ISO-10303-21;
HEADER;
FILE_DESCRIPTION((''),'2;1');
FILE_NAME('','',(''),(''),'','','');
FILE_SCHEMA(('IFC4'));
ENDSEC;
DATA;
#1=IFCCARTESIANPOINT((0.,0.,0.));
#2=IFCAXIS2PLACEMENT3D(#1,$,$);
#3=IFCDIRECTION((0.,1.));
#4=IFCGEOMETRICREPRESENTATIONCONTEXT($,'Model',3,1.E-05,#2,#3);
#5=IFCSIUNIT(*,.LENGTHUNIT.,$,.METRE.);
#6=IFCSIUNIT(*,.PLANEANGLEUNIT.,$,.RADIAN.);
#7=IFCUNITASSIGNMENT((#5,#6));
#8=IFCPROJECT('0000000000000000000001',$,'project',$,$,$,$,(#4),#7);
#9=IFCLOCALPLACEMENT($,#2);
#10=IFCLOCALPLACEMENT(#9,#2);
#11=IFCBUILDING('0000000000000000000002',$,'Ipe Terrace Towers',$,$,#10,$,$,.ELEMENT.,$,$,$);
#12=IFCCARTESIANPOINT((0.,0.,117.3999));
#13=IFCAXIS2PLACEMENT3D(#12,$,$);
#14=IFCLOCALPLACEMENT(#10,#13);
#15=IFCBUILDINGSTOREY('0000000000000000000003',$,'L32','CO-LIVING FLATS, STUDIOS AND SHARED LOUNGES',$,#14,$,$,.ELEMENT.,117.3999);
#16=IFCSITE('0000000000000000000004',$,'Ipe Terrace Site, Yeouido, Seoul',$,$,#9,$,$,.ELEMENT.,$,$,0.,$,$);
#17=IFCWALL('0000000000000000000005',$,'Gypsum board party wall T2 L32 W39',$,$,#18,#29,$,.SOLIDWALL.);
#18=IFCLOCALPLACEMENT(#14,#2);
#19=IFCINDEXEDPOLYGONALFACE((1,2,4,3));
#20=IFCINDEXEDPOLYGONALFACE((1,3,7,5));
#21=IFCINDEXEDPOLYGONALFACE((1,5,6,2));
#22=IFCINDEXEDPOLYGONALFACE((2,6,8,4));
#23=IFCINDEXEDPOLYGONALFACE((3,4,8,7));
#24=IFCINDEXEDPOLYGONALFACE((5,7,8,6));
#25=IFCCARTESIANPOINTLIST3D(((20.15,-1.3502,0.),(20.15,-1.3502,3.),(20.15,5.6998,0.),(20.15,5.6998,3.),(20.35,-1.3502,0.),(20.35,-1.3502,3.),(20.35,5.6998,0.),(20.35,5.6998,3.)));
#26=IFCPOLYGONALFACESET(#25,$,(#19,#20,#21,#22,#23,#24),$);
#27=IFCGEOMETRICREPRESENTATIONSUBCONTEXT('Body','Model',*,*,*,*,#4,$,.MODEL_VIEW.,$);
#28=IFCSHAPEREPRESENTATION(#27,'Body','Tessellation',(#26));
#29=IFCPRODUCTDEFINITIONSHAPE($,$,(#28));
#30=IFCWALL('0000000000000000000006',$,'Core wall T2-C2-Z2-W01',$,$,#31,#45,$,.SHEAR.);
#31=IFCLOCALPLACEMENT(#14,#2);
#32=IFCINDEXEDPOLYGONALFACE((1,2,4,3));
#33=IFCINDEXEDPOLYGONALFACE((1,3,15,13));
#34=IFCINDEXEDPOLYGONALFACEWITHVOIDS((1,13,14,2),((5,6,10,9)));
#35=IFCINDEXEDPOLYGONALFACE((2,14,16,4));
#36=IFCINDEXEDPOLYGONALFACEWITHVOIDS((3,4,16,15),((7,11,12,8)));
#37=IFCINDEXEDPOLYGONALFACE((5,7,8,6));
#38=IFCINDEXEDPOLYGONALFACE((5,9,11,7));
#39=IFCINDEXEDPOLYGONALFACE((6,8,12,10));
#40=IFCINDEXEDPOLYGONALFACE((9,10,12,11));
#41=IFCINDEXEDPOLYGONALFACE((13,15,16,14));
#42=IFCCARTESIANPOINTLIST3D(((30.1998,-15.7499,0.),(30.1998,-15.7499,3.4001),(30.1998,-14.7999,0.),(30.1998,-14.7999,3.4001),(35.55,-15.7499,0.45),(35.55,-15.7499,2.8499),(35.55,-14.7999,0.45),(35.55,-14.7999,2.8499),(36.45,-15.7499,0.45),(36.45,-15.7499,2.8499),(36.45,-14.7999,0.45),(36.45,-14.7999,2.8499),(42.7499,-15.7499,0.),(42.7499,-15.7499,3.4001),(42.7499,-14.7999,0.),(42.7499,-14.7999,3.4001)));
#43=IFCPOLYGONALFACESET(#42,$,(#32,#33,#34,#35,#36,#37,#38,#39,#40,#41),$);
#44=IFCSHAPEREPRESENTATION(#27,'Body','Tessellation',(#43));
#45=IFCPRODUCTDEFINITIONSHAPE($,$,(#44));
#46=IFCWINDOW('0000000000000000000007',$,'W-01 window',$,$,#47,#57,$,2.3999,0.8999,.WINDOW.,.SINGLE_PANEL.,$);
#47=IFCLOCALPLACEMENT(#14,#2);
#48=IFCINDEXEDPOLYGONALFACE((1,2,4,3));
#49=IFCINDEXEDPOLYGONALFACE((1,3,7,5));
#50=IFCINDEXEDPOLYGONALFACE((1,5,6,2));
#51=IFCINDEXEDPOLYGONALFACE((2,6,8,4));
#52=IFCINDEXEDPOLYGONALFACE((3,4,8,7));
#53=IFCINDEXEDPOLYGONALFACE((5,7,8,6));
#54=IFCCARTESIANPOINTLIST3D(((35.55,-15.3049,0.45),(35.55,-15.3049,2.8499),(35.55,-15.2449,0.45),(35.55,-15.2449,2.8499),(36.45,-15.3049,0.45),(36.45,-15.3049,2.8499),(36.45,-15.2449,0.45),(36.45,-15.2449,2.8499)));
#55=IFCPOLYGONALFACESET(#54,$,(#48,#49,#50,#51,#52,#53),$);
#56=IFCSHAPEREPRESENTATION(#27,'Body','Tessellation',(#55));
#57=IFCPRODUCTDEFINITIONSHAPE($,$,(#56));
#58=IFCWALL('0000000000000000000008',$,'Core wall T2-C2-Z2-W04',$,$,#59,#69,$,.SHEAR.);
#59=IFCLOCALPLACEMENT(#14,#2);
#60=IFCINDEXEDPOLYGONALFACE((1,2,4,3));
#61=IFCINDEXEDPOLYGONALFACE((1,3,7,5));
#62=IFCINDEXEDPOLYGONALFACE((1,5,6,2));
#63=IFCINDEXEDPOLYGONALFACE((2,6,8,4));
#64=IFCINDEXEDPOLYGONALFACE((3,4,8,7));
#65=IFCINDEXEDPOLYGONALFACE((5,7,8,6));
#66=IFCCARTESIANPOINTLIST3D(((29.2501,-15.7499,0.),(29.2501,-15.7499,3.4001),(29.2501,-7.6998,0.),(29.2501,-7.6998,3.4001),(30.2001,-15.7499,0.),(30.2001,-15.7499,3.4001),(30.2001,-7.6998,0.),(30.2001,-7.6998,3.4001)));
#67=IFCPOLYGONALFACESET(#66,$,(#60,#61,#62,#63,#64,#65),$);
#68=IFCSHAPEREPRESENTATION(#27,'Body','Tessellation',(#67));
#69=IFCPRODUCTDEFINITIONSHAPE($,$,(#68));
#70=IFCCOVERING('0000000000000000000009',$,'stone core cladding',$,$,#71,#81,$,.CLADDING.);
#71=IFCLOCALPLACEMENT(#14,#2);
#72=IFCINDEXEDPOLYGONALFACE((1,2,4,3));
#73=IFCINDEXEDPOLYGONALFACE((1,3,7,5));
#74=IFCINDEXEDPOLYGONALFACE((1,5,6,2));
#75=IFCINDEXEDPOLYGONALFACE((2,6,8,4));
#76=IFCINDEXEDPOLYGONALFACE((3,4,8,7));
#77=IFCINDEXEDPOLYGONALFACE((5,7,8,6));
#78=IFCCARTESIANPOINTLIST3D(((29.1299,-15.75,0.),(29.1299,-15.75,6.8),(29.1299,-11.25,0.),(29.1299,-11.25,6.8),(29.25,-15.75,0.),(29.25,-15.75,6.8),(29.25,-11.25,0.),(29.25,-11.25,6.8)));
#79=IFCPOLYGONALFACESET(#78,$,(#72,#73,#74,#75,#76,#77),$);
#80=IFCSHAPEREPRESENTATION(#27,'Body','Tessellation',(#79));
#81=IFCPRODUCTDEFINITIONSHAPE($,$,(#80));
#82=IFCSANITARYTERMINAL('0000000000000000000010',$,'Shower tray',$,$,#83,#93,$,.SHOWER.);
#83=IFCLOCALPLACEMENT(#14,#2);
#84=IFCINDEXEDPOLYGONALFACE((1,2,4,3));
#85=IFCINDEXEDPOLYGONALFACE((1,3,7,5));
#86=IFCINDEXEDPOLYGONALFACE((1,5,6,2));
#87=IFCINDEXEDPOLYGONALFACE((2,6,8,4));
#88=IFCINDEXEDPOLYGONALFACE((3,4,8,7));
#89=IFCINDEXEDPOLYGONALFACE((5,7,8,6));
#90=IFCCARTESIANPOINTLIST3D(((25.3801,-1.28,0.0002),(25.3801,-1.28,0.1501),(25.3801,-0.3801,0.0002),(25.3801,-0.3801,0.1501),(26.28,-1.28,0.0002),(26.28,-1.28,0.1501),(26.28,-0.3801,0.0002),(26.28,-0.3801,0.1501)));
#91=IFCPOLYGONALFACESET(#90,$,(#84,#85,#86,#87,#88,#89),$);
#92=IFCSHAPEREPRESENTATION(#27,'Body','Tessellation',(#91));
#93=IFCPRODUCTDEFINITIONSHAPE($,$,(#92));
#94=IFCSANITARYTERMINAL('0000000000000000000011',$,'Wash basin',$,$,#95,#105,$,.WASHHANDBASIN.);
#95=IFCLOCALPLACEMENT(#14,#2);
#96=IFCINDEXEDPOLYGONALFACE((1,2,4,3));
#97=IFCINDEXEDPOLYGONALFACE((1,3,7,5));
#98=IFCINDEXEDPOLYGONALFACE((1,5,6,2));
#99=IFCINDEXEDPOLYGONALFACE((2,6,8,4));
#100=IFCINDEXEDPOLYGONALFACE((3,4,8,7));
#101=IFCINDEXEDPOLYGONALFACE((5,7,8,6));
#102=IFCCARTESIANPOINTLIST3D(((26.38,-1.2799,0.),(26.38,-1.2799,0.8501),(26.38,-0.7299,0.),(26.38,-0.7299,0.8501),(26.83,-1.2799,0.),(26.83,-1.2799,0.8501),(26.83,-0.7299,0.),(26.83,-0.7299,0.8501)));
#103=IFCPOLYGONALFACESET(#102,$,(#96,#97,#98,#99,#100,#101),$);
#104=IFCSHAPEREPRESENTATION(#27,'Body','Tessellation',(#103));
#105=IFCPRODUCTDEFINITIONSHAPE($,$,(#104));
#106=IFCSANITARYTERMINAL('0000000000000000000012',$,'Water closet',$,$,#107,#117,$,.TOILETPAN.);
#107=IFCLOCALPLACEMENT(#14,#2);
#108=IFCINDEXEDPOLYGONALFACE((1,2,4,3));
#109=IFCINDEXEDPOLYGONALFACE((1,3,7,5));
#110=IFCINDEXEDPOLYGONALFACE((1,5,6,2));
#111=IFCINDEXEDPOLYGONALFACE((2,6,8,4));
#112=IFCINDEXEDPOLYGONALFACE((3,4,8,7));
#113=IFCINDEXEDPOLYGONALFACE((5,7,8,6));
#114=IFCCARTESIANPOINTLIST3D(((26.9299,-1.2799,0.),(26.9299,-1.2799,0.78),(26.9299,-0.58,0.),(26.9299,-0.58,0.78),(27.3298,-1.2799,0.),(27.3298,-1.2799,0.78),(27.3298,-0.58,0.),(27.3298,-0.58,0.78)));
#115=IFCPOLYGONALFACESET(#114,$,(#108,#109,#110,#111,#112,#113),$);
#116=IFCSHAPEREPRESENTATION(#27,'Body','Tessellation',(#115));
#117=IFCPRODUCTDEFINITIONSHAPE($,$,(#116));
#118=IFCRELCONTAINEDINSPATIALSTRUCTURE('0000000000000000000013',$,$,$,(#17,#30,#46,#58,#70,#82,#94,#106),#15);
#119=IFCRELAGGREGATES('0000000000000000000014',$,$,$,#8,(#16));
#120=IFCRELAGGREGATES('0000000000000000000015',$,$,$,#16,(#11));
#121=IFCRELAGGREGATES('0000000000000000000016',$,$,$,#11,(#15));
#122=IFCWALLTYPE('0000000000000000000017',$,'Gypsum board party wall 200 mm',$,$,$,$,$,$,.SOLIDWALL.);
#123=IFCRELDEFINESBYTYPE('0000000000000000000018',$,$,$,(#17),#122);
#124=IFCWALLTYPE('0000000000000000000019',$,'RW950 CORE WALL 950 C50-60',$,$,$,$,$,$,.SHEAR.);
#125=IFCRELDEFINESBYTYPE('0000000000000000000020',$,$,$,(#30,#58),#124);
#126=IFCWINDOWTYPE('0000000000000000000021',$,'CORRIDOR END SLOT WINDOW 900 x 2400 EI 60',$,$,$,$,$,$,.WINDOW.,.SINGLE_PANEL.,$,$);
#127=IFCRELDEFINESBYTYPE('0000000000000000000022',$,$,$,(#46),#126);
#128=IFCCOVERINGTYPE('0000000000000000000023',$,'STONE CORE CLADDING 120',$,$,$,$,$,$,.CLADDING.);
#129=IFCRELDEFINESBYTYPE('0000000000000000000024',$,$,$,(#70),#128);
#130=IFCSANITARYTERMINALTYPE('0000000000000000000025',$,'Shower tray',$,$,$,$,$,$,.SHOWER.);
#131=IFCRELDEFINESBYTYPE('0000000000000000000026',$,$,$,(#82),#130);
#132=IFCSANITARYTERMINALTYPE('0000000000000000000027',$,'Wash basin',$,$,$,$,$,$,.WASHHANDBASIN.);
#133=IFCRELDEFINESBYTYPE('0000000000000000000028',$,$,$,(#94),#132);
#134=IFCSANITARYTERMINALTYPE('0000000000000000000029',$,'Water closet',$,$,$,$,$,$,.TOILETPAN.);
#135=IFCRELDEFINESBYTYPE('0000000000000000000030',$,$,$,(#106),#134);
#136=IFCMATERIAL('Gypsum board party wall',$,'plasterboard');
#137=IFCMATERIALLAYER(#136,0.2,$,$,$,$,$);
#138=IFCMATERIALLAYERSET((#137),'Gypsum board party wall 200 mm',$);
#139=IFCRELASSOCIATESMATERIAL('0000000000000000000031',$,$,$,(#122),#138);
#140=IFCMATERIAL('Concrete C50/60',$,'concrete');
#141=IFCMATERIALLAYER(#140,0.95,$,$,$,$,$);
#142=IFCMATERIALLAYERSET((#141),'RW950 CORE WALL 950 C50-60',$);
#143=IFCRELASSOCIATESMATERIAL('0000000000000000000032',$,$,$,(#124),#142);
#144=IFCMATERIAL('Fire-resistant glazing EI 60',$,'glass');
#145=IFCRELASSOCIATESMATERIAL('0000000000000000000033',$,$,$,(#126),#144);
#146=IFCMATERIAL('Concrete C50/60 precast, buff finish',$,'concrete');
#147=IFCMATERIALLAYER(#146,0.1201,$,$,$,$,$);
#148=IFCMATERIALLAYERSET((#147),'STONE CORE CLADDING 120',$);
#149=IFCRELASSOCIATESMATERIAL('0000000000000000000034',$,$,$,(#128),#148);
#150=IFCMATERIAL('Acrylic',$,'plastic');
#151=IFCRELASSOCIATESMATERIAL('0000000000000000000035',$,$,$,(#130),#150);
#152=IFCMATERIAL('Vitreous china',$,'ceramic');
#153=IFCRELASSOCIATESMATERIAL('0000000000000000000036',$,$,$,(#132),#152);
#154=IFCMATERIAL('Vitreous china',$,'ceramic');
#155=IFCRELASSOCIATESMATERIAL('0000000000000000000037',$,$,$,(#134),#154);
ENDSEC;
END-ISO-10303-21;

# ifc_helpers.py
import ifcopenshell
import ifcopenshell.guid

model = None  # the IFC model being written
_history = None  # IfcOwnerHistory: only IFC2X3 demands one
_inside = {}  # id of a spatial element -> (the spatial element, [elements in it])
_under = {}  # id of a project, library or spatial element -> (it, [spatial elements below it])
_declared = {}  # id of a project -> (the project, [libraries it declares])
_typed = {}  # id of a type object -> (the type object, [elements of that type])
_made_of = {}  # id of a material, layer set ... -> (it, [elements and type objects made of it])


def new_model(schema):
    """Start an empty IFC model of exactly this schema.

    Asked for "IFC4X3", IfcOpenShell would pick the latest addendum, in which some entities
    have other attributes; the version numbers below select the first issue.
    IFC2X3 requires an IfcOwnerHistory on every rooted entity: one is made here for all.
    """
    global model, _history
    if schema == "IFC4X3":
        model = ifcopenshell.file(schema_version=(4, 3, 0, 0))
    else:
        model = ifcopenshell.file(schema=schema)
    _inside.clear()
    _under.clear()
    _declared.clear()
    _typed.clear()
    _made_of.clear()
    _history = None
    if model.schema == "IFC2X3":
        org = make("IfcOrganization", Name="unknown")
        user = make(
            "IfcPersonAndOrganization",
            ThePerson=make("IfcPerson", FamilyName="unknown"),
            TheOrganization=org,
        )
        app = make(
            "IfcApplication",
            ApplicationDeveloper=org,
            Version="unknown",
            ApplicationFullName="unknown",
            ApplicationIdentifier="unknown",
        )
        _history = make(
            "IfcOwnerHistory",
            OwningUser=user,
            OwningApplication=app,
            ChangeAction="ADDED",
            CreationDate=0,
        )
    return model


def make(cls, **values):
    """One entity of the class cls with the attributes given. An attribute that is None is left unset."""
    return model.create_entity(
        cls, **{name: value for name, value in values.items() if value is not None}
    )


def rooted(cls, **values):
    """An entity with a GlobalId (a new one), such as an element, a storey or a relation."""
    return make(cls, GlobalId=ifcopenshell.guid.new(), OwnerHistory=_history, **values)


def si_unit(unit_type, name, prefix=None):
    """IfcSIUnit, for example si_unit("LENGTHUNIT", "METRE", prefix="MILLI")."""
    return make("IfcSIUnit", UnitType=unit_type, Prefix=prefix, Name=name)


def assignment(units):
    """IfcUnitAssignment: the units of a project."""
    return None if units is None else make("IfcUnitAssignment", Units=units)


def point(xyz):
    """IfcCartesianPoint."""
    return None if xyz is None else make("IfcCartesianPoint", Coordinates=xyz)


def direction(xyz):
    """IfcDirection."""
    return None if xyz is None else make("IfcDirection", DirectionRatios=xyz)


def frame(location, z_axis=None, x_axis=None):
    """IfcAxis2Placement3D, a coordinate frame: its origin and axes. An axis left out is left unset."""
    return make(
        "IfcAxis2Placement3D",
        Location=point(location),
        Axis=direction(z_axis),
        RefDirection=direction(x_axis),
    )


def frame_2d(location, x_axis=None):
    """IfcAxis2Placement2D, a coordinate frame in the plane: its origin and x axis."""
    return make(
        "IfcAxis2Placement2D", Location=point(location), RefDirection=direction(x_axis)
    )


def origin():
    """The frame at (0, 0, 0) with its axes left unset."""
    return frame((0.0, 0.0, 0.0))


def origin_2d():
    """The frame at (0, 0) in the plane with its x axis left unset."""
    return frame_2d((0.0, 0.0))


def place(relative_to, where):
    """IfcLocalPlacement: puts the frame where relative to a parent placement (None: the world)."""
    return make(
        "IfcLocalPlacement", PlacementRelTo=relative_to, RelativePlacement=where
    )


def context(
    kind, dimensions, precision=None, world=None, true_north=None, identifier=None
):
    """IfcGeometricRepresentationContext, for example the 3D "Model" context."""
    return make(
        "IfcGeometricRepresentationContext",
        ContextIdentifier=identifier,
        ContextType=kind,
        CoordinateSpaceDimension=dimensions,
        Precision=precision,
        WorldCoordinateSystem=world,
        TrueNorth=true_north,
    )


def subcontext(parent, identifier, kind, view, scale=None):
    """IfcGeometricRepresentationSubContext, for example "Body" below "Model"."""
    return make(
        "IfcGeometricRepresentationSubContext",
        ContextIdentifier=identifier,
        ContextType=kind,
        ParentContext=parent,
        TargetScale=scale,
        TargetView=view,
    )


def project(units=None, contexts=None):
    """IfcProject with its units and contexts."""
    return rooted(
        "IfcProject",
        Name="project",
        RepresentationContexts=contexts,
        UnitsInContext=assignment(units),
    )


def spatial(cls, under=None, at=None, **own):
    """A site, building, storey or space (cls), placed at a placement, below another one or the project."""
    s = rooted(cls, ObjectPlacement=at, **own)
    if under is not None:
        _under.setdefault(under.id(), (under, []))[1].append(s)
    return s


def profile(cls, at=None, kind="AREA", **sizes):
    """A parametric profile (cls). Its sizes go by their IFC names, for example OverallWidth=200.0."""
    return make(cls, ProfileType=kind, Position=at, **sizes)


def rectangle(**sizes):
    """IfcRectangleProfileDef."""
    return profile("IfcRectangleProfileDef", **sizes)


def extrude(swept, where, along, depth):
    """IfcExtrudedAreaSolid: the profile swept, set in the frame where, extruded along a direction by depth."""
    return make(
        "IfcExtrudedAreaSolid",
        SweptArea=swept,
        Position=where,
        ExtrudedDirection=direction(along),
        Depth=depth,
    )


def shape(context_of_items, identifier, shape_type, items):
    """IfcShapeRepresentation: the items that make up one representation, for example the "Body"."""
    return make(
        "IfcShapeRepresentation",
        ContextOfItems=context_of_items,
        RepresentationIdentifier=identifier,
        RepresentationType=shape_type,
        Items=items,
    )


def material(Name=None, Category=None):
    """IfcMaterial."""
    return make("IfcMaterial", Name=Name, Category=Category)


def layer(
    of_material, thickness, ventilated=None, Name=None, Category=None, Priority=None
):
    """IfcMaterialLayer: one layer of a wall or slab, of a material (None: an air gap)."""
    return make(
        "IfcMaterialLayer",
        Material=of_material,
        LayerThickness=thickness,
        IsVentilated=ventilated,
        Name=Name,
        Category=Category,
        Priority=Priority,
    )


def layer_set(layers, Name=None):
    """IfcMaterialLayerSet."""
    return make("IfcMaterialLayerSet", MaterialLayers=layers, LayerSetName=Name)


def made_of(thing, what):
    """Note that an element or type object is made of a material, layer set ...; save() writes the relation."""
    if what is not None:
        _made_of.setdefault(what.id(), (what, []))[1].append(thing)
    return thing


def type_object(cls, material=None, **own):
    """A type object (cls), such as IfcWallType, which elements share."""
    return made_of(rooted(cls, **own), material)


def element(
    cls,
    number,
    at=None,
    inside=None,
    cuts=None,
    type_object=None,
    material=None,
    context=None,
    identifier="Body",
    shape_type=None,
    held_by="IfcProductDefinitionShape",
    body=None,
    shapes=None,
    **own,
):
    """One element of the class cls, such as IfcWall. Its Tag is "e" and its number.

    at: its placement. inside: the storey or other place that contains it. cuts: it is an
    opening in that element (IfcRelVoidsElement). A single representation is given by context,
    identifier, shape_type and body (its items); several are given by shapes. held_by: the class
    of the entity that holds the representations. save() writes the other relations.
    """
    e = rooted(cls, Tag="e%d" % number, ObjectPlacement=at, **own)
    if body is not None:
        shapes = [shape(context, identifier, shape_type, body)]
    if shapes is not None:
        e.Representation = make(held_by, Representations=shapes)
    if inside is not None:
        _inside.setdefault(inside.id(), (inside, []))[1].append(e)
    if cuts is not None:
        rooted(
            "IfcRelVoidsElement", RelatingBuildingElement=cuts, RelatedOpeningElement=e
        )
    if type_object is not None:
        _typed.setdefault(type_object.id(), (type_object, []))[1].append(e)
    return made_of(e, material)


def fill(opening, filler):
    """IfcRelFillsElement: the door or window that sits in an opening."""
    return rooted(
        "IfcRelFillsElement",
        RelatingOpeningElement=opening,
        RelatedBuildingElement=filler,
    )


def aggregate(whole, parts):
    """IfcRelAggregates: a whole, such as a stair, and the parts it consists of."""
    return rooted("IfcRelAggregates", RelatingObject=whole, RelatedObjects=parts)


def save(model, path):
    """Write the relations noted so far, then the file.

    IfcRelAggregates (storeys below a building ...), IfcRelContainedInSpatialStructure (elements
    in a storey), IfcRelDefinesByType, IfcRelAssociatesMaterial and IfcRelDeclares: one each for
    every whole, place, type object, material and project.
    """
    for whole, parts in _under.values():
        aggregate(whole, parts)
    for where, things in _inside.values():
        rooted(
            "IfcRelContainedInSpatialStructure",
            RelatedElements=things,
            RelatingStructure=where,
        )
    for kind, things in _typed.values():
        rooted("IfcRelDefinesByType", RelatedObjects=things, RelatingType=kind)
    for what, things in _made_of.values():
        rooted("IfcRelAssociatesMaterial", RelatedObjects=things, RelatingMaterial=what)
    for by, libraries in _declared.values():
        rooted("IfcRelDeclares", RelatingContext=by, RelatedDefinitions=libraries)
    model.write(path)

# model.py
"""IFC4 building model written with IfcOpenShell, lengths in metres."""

from ifc_helpers import new_model, si_unit, direction, frame, frame_2d, origin, origin_2d, place, context, subcontext, project, spatial, rectangle, extrude, material, layer, layer_set, type_object, element, fill, save


model = new_model("IFC4")

# Units and contexts
model_context = context("Model", 3, precision=1e-05, world=origin(), true_north=direction((0.0, 1.0)))
body_context = subcontext(model_context, "Body", "Model", "MODEL_VIEW")
ifc_project = project(units=[si_unit("LENGTHUNIT", "METRE"), si_unit("PLANEANGLEUNIT", "RADIAN")], contexts=[model_context])

# Site, building, storey
site_placement = place(None, origin())
site = spatial("IfcSite", under=ifc_project, at=site_placement, Name="Ipe Terrace Site, Yeouido, Seoul", CompositionType="ELEMENT", RefElevation=0.0)
building_placement = place(site_placement, origin())
building = spatial("IfcBuilding", under=site, at=building_placement, Name="Ipe Terrace Towers", CompositionType="ELEMENT")
storey_placement = place(building_placement, frame((0.0, 0.0, 117.3999)))
storey = spatial("IfcBuildingStorey", under=building, at=storey_placement, Name="L32", Description="CO-LIVING FLATS, STUDIOS AND SHARED LOUNGES", CompositionType="ELEMENT", Elevation=117.3999)

# Shared definitions
ifc_material_1 = material(Name="Gypsum board party wall", Category="plasterboard")
ifc_layer_1 = layer(ifc_material_1, 0.2)
ifc_layer_set_1 = layer_set([ifc_layer_1], Name="Gypsum board party wall 200 mm")
wall_type_1 = type_object("IfcWallType", Name="Gypsum board party wall 200 mm", PredefinedType="SOLIDWALL", material=ifc_layer_set_1)

# Wall
wall_1_placement = place(storey_placement, frame((20.25, -1.3501, 0.0), z_axis=(0.0, 0.0, 1.0), x_axis=(0.0, 1.0, 0.0)))
element("IfcWall", 1, at=wall_1_placement, inside=storey, type_object=wall_type_1, Name="Gypsum board party wall T2 L32 W39", PredefinedType="SOLIDWALL", context=body_context, shape_type="SweptSolid", body=[
    extrude(rectangle(XDim=7.05, YDim=0.2, at=frame_2d((3.5249, 0.0))), origin(), (0.0, 0.0, 1.0), 3.0),
])

# Wall, opening, window
ifc_material_2 = material(Name="Concrete C50/60", Category="concrete")
ifc_layer_2 = layer(ifc_material_2, 0.95)
ifc_layer_set_2 = layer_set([ifc_layer_2], Name="RW950 CORE WALL 950 C50-60")
wall_type_2 = type_object("IfcWallType", Name="RW950 CORE WALL 950 C50-60", PredefinedType="SHEAR", material=ifc_layer_set_2)
wall_2_placement = place(storey_placement, frame((30.2, -15.2749, 0.0), z_axis=(0.0, 0.0, 1.0), x_axis=(1.0, 0.0, 0.0)))
wall_2 = element("IfcWall", 2, at=wall_2_placement, inside=storey, type_object=wall_type_2, Name="Core wall T2-C2-Z2-W01", PredefinedType="SHEAR", context=body_context, shape_type="SweptSolid", body=[
    extrude(rectangle(XDim=12.55, YDim=0.95, at=frame_2d((6.2749, 0.0))), origin(), (0.0, 0.0, 1.0), 3.4001),
])
opening_1_placement = place(wall_2_placement, frame((5.3501, 0.0, 0.45)))
opening_1 = element("IfcOpeningElement", 3, at=opening_1_placement, cuts=wall_2, PredefinedType="OPENING", context=body_context, shape_type="SweptSolid", body=[
    extrude(rectangle(XDim=0.8999, YDim=2.3999, at=frame_2d((0.45, 1.2))), frame((0.0, 0.4849, 0.0), z_axis=(0.0, -1.0, 0.0), x_axis=(1.0, 0.0, 0.0)), (0.0, 0.0, 1.0), 0.97),
])
ifc_material_3 = material(Name="Fire-resistant glazing EI 60", Category="glass")
window_type = type_object("IfcWindowType", Name="CORRIDOR END SLOT WINDOW 900 x 2400 EI 60", PartitioningType="SINGLE_PANEL", PredefinedType="WINDOW", material=ifc_material_3)
window_placement = place(opening_1_placement, origin())
window = element("IfcWindow", 4, at=window_placement, inside=storey, type_object=window_type, Name="W-01 window", OverallHeight=2.3999, OverallWidth=0.8999, PartitioningType="SINGLE_PANEL", PredefinedType="WINDOW", context=body_context, shape_type="SweptSolid", body=[
    extrude(rectangle(XDim=0.8999, YDim=2.3999, at=frame_2d((0.45, 1.2))), frame((0.0, 0.03, 0.0), z_axis=(0.0, -1.0, 0.0), x_axis=(1.0, 0.0, 0.0)), (0.0, 0.0, 1.0), 0.0601),
])
fill(opening_1, window)

# Wall
wall_3_placement = place(storey_placement, frame((29.7251, -7.7, 0.0), z_axis=(0.0, 0.0, 1.0), x_axis=(0.0, -1.0, 0.0)))
element("IfcWall", 5, at=wall_3_placement, inside=storey, type_object=wall_type_2, Name="Core wall T2-C2-Z2-W04", PredefinedType="SHEAR", context=body_context, shape_type="SweptSolid", body=[
    extrude(rectangle(XDim=8.05, YDim=0.95, at=frame_2d((4.0249, 0.0))), origin(), (0.0, 0.0, 1.0), 3.4001),
])

# Covering
ifc_material_4 = material(Name="Concrete C50/60 precast, buff finish", Category="concrete")
ifc_layer_3 = layer(ifc_material_4, 0.1201)
ifc_layer_set_3 = layer_set([ifc_layer_3], Name="STONE CORE CLADDING 120")
covering_type = type_object("IfcCoveringType", Name="STONE CORE CLADDING 120", PredefinedType="CLADDING", material=ifc_layer_set_3)
covering_placement = place(storey_placement, frame((29.1899, -13.5, 0.0), z_axis=(0.0, 0.0, 1.0), x_axis=(0.0, -1.0, 0.0)))
element("IfcCovering", 6, at=covering_placement, inside=storey, type_object=covering_type, Name="stone core cladding", PredefinedType="CLADDING", context=body_context, shape_type="SweptSolid", body=[
    extrude(rectangle(XDim=4.5, YDim=0.1201, at=origin_2d()), origin(), (0.0, 0.0, 1.0), 6.8),
])

# Sanitary terminals
ifc_material_5 = material(Name="Acrylic", Category="plastic")
sanitary_terminal_type_1 = type_object("IfcSanitaryTerminalType", Name="Shower tray", PredefinedType="SHOWER", material=ifc_material_5)
sanitary_terminal_1_placement = place(storey_placement, frame((25.8301, -0.8301, 0.0002), z_axis=(0.0, 0.0, 1.0), x_axis=(0.0, 1.0, 0.0)))
element("IfcSanitaryTerminal", 7, at=sanitary_terminal_1_placement, inside=storey, type_object=sanitary_terminal_type_1, Name="Shower tray", PredefinedType="SHOWER", context=body_context, shape_type="SweptSolid", body=[
    extrude(rectangle(XDim=0.8999, YDim=0.8999, at=origin_2d()), origin(), (0.0, 0.0, 1.0), 0.1499),
])
ifc_material_6 = material(Name="Vitreous china", Category="ceramic")
sanitary_terminal_type_2 = type_object("IfcSanitaryTerminalType", Name="Wash basin", PredefinedType="WASHHANDBASIN", material=ifc_material_6)
sanitary_terminal_2_placement = place(storey_placement, frame((26.605, -1.0049, 0.0), z_axis=(0.0, 0.0, 1.0), x_axis=(0.0, 1.0, 0.0)))
element("IfcSanitaryTerminal", 8, at=sanitary_terminal_2_placement, inside=storey, type_object=sanitary_terminal_type_2, Name="Wash basin", PredefinedType="WASHHANDBASIN", context=body_context, shape_type="SweptSolid", body=[
    extrude(rectangle(XDim=0.55, YDim=0.45, at=origin_2d()), origin(), (0.0, 0.0, 1.0), 0.8501),
])
ifc_material_7 = material(Name="Vitreous china", Category="ceramic")
sanitary_terminal_type_3 = type_object("IfcSanitaryTerminalType", Name="Water closet", PredefinedType="TOILETPAN", material=ifc_material_7)
sanitary_terminal_3_placement = place(storey_placement, frame((27.1299, -0.9299, 0.0), z_axis=(0.0, 0.0, 1.0), x_axis=(0.0, 1.0, 0.0)))
element("IfcSanitaryTerminal", 9, at=sanitary_terminal_3_placement, inside=storey, type_object=sanitary_terminal_type_3, Name="Water closet", PredefinedType="TOILETPAN", context=body_context, shape_type="SweptSolid", body=[
    extrude(rectangle(XDim=0.7, YDim=0.3999, at=origin_2d()), origin(), (0.0, 0.0, 1.0), 0.78),
])

save(model, "model.ifc")
